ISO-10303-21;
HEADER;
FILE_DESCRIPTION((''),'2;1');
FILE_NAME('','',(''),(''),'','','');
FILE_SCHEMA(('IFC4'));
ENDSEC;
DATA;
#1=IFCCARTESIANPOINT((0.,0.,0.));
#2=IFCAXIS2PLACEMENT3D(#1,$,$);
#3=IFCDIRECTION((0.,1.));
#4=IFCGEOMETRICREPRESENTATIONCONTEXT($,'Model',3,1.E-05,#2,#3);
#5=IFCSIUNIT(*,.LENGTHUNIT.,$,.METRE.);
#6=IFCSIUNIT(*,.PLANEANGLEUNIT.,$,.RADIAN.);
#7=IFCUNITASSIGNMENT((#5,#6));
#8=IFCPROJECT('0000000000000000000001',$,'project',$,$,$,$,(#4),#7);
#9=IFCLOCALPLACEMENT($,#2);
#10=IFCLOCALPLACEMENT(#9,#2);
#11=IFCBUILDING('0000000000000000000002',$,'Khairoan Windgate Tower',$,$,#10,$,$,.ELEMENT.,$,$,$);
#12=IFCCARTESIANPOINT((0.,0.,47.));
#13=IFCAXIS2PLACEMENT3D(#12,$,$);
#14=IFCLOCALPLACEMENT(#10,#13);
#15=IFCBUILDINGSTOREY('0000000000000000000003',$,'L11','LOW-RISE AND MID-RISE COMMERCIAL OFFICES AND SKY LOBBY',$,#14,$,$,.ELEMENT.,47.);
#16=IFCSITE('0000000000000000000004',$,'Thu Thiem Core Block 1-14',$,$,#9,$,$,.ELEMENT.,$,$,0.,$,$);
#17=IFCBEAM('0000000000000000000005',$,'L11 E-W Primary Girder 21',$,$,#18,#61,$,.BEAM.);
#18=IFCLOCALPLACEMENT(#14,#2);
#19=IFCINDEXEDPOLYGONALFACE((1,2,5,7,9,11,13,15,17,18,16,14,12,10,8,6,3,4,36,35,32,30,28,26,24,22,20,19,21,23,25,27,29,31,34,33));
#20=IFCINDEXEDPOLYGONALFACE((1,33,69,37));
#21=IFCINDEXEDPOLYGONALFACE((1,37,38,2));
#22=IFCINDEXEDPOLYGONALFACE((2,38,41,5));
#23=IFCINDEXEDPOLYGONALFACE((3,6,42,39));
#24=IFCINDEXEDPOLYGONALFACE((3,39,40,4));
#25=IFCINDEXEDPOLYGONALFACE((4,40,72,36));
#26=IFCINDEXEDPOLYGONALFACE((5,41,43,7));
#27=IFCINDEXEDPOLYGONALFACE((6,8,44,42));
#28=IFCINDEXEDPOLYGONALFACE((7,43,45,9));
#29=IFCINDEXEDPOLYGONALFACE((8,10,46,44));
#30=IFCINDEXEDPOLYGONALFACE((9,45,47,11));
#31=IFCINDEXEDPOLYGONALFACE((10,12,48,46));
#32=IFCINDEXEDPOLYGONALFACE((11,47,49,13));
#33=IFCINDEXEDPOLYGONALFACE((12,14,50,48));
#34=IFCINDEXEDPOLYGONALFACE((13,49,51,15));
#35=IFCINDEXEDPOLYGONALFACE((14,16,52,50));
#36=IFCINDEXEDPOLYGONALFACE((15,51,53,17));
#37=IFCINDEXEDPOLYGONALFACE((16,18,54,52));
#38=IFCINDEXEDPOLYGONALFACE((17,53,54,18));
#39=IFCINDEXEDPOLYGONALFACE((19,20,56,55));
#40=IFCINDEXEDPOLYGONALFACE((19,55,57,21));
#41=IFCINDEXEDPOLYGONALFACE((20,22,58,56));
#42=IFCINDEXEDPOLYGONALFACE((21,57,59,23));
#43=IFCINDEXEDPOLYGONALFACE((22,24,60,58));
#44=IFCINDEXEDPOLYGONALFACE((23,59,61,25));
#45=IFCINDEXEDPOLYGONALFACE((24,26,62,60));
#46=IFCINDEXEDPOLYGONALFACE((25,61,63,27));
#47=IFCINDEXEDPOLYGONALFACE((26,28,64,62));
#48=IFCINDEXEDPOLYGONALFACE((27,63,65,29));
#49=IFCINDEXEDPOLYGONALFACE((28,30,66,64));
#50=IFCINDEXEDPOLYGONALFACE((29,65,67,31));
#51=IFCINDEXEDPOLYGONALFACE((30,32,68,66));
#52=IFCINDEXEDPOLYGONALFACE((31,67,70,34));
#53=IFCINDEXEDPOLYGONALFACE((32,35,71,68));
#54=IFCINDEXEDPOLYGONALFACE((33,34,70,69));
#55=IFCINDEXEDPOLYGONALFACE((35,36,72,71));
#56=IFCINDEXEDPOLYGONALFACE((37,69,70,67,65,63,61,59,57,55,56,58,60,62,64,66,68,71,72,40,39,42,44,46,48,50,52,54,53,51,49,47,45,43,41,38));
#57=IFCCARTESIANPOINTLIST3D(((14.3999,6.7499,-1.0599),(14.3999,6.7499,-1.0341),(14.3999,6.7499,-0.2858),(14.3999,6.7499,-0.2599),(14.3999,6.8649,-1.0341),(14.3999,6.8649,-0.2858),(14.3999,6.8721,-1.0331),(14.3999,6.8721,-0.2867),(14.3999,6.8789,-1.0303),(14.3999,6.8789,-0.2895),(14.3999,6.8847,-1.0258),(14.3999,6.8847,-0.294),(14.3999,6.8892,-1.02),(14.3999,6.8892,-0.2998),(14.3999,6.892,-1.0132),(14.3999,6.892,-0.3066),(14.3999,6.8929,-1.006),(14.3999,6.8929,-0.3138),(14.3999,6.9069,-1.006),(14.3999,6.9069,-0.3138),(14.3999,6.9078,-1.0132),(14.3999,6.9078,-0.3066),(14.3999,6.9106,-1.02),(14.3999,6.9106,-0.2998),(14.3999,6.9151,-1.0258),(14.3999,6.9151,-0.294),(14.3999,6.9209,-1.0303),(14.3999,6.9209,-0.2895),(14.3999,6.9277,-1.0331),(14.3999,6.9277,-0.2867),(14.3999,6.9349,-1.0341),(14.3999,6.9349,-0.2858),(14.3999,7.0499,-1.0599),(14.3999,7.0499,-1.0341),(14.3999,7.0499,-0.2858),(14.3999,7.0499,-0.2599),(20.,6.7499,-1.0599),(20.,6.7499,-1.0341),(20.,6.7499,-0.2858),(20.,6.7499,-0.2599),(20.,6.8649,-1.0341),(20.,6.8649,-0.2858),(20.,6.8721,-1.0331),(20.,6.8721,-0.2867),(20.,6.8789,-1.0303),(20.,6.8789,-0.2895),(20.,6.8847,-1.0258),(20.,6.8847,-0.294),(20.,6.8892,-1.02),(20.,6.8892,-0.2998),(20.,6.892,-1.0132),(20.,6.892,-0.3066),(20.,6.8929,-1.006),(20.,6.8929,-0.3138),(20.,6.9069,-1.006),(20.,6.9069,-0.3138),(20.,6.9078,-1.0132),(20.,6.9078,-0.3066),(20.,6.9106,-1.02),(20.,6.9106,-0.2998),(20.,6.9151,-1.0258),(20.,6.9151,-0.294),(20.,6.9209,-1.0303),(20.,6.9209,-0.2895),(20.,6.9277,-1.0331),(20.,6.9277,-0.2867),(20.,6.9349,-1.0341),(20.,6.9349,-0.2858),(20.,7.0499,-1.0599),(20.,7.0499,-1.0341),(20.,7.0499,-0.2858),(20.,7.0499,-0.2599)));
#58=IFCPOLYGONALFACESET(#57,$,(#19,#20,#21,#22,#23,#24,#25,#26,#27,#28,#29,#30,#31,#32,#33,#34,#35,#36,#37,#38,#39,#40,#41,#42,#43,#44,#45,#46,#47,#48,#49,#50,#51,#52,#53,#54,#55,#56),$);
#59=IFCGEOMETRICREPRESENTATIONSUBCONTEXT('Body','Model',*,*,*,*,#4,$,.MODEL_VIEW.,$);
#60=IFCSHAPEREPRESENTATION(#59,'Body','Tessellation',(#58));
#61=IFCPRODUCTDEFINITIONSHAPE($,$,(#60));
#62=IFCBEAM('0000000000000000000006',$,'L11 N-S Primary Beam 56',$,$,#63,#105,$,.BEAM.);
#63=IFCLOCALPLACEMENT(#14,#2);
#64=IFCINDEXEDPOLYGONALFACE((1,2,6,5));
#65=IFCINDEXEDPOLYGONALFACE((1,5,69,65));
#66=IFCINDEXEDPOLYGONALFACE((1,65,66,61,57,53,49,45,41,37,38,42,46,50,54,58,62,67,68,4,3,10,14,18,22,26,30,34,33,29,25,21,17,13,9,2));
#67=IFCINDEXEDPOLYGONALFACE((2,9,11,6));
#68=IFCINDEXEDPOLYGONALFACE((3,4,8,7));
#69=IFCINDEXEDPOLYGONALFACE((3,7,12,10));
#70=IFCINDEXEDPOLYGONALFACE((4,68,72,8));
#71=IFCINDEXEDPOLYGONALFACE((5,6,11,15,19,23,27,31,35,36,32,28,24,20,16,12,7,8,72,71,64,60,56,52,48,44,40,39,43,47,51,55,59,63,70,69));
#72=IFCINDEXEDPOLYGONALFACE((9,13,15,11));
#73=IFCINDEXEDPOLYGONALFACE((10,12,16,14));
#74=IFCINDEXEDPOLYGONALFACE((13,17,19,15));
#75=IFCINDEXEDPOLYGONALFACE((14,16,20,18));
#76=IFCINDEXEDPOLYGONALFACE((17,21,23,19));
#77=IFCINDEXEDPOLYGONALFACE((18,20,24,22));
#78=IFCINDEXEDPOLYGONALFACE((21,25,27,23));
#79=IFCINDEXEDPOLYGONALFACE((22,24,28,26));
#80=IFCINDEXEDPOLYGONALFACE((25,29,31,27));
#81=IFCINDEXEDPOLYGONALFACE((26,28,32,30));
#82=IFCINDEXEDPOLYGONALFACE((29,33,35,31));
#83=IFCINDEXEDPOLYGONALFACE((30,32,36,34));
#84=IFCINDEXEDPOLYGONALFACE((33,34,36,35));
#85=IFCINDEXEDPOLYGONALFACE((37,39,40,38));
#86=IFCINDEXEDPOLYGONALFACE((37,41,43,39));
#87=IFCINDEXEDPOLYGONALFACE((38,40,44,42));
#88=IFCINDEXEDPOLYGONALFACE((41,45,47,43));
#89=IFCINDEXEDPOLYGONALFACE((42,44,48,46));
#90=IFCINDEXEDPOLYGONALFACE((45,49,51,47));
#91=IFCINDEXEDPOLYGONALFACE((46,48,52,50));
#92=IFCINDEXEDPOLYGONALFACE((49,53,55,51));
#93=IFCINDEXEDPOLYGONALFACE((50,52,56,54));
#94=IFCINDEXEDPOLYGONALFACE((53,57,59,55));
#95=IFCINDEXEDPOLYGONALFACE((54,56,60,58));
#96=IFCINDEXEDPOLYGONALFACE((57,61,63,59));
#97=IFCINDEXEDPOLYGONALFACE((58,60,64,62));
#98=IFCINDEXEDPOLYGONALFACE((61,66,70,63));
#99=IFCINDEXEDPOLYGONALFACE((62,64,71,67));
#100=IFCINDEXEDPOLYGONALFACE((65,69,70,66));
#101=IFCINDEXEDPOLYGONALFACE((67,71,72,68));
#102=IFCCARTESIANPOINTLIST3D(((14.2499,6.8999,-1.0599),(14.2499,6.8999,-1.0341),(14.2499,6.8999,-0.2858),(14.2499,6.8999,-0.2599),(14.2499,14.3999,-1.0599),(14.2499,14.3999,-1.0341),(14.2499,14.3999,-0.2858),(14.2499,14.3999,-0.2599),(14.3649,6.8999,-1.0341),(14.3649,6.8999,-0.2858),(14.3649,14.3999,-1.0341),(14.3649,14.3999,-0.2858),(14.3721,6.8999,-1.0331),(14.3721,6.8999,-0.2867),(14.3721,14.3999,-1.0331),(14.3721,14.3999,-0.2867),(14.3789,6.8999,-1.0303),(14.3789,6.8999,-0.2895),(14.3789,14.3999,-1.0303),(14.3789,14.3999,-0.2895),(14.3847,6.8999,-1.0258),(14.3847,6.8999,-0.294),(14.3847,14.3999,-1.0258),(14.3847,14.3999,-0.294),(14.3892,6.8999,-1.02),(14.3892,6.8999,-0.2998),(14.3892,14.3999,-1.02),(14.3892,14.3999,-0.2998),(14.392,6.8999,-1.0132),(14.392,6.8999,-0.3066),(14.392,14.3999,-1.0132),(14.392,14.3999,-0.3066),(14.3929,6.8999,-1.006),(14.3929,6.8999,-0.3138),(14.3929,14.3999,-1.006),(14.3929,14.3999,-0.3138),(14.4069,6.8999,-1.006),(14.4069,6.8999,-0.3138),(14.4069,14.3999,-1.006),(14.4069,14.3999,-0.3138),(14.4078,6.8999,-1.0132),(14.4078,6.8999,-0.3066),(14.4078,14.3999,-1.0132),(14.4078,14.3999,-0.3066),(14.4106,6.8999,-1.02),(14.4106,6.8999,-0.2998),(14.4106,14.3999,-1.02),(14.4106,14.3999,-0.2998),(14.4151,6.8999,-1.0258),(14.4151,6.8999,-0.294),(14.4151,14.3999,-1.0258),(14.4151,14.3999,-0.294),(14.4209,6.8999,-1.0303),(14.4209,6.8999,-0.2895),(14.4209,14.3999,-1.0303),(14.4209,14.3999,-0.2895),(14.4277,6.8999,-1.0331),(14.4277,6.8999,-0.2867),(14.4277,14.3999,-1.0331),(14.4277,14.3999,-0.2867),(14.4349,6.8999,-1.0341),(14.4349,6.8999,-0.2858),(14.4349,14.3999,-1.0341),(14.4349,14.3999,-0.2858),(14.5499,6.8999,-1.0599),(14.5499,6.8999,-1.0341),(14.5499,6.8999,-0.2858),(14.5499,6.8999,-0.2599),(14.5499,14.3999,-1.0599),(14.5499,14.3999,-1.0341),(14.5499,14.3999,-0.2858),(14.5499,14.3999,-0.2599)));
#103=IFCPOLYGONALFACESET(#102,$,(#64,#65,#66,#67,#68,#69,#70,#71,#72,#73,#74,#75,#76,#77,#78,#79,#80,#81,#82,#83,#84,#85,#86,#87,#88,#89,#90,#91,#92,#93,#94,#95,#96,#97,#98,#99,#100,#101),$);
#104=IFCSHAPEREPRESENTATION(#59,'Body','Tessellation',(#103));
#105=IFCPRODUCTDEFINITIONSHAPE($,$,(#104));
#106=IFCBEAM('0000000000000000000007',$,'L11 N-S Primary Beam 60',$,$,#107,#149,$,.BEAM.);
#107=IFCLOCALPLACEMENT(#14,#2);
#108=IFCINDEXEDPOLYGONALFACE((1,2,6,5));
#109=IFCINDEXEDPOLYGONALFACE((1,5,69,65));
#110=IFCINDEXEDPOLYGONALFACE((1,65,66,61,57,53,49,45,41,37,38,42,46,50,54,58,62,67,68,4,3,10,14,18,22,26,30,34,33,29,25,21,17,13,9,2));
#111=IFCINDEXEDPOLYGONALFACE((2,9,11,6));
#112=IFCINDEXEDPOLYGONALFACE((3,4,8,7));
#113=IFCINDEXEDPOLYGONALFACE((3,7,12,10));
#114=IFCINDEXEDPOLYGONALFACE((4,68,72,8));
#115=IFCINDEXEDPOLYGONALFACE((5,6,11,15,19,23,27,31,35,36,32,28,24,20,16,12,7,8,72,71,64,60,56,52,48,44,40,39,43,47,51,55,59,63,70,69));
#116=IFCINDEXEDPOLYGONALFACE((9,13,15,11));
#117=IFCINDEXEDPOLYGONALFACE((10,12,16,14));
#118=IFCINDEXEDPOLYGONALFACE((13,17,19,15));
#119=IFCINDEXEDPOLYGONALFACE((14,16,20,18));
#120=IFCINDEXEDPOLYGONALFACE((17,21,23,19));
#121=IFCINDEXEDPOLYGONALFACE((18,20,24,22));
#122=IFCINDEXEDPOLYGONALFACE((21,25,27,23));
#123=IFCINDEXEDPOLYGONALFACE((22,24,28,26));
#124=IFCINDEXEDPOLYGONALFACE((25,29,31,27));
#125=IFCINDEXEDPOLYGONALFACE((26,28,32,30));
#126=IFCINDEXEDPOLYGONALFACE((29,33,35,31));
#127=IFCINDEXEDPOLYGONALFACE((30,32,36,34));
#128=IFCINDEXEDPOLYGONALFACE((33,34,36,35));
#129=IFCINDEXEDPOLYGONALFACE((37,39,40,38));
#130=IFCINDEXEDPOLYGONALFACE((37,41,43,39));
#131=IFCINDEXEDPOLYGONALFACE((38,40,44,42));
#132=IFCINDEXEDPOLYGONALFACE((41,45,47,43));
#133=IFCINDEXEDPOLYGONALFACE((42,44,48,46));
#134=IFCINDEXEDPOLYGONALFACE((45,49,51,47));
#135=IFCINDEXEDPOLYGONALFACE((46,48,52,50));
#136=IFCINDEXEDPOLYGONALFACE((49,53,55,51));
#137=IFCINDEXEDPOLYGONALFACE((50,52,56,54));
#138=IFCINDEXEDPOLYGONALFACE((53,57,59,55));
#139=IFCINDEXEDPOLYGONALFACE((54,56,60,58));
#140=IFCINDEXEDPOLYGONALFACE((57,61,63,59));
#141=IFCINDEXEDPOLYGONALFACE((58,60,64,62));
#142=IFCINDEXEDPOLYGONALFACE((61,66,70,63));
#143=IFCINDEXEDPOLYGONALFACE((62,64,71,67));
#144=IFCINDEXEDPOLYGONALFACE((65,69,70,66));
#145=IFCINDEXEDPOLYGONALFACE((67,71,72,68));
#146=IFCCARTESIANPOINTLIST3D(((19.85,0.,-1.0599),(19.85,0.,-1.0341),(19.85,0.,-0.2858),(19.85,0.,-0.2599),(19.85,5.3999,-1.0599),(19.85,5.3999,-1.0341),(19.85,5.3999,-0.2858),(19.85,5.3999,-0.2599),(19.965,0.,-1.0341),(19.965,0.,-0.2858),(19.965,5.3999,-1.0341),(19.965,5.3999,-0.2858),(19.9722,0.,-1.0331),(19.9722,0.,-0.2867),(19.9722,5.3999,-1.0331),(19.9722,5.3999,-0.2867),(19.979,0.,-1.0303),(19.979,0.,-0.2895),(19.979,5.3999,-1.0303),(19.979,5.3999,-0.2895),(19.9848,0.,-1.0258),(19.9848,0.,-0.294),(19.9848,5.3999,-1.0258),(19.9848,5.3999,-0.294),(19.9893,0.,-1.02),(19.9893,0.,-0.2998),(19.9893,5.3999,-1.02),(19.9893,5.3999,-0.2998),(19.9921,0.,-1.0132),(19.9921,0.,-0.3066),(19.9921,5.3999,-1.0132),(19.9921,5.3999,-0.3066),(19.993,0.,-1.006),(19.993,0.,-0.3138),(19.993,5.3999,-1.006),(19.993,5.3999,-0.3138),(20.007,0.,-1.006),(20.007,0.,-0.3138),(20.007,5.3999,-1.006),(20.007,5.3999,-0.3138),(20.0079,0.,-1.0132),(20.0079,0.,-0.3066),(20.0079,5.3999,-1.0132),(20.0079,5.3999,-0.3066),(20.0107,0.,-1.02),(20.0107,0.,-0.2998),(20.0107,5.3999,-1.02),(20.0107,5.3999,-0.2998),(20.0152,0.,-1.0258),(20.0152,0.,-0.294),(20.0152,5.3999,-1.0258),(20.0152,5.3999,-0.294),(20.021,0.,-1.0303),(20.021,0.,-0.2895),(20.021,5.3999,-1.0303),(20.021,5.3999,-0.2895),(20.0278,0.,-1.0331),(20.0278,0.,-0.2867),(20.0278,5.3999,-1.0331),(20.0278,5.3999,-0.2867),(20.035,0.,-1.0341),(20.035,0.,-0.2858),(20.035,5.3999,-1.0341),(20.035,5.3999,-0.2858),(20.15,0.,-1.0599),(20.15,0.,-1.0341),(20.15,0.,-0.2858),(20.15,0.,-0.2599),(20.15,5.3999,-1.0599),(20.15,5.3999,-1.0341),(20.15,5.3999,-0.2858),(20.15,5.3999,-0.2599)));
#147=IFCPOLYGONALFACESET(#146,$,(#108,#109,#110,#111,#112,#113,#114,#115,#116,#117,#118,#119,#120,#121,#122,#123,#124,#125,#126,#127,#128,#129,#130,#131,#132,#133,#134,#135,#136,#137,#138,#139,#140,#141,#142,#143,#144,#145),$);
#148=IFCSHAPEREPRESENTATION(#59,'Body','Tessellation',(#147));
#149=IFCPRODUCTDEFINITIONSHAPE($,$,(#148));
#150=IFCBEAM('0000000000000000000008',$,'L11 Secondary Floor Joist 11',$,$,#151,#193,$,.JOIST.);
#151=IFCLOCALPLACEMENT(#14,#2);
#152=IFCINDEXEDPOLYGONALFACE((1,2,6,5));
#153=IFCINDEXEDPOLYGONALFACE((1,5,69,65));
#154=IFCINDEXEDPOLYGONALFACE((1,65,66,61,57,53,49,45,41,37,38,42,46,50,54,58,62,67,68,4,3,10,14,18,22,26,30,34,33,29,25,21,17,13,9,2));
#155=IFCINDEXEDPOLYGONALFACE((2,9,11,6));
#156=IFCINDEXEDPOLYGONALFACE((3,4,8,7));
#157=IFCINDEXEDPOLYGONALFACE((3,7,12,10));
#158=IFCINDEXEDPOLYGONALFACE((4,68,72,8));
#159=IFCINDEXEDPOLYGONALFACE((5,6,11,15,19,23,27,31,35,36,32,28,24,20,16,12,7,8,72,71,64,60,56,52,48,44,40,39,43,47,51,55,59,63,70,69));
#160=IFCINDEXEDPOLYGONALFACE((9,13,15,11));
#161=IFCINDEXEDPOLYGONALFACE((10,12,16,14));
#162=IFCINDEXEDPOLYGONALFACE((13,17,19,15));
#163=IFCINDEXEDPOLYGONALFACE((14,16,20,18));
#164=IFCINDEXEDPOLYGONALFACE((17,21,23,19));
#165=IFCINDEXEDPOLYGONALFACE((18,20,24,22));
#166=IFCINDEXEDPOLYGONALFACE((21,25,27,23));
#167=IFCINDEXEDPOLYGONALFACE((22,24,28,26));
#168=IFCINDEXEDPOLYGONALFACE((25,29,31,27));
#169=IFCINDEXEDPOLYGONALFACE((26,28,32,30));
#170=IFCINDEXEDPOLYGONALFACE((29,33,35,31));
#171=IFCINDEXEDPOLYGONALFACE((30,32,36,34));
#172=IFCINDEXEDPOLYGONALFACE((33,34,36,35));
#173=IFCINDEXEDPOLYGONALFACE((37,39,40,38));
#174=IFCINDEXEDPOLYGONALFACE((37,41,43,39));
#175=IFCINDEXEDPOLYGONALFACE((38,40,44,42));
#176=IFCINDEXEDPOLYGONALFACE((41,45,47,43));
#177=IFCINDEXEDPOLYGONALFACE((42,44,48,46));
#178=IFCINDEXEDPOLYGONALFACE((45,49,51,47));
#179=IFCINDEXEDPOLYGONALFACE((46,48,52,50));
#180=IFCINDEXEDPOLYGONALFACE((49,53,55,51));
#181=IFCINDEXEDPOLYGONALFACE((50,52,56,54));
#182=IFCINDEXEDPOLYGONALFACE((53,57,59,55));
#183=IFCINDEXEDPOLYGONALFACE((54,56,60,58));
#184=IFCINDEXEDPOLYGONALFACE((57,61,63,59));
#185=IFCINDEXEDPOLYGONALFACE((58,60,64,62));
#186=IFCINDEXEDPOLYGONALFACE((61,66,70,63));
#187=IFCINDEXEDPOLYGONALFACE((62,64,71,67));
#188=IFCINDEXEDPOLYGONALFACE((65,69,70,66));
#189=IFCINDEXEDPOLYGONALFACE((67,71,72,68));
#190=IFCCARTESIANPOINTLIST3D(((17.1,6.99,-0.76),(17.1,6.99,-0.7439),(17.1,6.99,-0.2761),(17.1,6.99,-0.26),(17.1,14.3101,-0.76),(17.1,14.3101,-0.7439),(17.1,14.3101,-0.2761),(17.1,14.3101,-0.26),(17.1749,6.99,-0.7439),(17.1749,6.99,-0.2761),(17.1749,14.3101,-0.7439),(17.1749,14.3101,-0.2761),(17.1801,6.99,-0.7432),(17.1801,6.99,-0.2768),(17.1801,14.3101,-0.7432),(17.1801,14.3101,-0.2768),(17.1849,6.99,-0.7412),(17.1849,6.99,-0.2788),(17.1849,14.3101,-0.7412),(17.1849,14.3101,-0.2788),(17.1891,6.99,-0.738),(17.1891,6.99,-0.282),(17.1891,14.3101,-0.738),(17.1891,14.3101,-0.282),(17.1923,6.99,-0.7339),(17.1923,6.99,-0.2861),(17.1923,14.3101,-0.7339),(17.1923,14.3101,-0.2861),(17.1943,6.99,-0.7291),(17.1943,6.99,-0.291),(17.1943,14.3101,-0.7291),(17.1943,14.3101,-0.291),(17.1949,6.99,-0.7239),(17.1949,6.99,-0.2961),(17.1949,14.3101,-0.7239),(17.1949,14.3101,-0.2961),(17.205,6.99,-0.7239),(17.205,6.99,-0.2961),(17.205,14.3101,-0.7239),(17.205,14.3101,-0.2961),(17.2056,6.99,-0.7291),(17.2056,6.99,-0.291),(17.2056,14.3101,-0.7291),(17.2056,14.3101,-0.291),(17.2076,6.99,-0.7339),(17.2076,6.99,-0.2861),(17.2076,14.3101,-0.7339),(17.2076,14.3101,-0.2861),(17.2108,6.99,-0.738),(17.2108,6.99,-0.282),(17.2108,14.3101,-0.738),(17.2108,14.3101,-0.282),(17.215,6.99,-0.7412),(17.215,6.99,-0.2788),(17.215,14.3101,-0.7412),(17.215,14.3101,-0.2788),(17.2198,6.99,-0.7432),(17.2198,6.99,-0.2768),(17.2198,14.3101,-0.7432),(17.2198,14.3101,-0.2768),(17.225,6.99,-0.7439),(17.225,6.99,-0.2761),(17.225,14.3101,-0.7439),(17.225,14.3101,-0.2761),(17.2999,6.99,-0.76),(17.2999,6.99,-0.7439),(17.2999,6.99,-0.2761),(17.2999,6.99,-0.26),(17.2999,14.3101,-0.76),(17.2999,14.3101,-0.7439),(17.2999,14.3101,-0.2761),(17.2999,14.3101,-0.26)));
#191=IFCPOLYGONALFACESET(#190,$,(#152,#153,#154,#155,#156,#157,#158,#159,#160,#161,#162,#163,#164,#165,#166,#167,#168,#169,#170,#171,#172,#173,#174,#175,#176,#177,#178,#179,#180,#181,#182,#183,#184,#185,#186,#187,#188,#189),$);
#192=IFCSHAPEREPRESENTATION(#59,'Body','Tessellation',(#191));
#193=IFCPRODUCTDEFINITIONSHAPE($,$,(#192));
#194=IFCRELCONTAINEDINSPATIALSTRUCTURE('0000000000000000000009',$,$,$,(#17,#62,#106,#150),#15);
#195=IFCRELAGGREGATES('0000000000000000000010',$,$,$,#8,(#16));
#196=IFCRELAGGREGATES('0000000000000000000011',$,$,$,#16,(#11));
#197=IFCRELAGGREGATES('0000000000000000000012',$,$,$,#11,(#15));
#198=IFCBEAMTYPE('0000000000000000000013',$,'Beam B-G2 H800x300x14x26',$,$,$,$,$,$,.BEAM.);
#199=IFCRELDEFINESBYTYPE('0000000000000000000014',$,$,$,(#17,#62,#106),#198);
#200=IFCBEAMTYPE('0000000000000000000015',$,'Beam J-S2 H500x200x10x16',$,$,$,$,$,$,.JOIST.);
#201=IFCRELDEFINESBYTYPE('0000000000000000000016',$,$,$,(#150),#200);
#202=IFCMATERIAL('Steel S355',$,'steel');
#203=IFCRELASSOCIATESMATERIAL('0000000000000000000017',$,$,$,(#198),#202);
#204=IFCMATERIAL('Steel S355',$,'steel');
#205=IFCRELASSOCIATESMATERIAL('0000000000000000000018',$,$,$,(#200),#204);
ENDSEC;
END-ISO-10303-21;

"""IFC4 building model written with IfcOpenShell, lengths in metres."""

from ifc_helpers import new_model, si_unit, direction, frame, origin, origin_2d, place, context, subcontext, project, spatial, i_section, extrude, material, material_profile, profile_set, type_object, element, save


model = new_model("IFC4")

# Units and contexts
model_context = context("Model", 3, precision=1e-05, world=origin(), true_north=direction((0.0, 1.0)))
body_context = subcontext(model_context, "Body", "Model", "MODEL_VIEW")
ifc_project = project(units=[si_unit("LENGTHUNIT", "METRE"), si_unit("PLANEANGLEUNIT", "RADIAN")], contexts=[model_context])

# Site, building, storey
site_placement = place(None, origin())
site = spatial("IfcSite", under=ifc_project, at=site_placement, Name="Thu Thiem Core Block 1-14", CompositionType="ELEMENT", RefElevation=0.0)
building_placement = place(site_placement, origin())
building = spatial("IfcBuilding", under=site, at=building_placement, Name="Khairoan Windgate Tower", CompositionType="ELEMENT")
storey_placement = place(building_placement, frame((0.0, 0.0, 47.0)))
storey = spatial("IfcBuildingStorey", under=building, at=storey_placement, Name="L11", Description="LOW-RISE AND MID-RISE COMMERCIAL OFFICES AND SKY LOBBY", CompositionType="ELEMENT", Elevation=47.0)

# Beams
ifc_material_1 = material(Name="Steel S355", Category="steel")
ifc_material_profile_1 = material_profile(ifc_material_1, i_section(OverallWidth=0.3, OverallDepth=0.8, WebThickness=0.0139, FlangeThickness=0.0259, FilletRadius=0.0281, at=origin_2d()))
ifc_profile_set_1 = profile_set([ifc_material_profile_1], Name="Steel S355")
beam_type_1 = type_object("IfcBeamType", Name="Beam B-G2 H800x300x14x26", PredefinedType="BEAM", material=ifc_profile_set_1)
beam_1_placement = place(storey_placement, frame((14.3999, 6.8999, -0.6599), z_axis=(1.0, 0.0, 0.0), x_axis=(0.0, 1.0, 0.0)))
element("IfcBeam", 1, at=beam_1_placement, inside=storey, type_object=beam_type_1, Name="L11 E-W Primary Girder 21", PredefinedType="BEAM", context=body_context, shape_type="SweptSolid", body=[
    extrude(i_section(OverallWidth=0.3, OverallDepth=0.8, WebThickness=0.0139, FlangeThickness=0.0259, FilletRadius=0.0281, at=origin_2d()), origin(), (0.0, 0.0, 1.0), 5.6001),
])
beam_2_placement = place(storey_placement, frame((14.3999, 6.8999, -0.6599), z_axis=(0.0, 1.0, 0.0), x_axis=(-1.0, 0.0, 0.0)))
element("IfcBeam", 2, at=beam_2_placement, inside=storey, type_object=beam_type_1, Name="L11 N-S Primary Beam 56", PredefinedType="BEAM", context=body_context, shape_type="SweptSolid", body=[
    extrude(i_section(OverallWidth=0.3, OverallDepth=0.8, WebThickness=0.0139, FlangeThickness=0.0259, FilletRadius=0.0281, at=origin_2d()), origin(), (0.0, 0.0, 1.0), 7.5),
])
beam_3_placement = place(storey_placement, frame((20.0, 0.0, -0.6599), z_axis=(0.0, 1.0, 0.0), x_axis=(-1.0, 0.0, 0.0)))
element("IfcBeam", 3, at=beam_3_placement, inside=storey, type_object=beam_type_1, Name="L11 N-S Primary Beam 60", PredefinedType="BEAM", context=body_context, shape_type="SweptSolid", body=[
    extrude(i_section(OverallWidth=0.3, OverallDepth=0.8, WebThickness=0.0139, FlangeThickness=0.0259, FilletRadius=0.0281, at=origin_2d()), origin(), (0.0, 0.0, 1.0), 5.3999),
])
ifc_material_2 = material(Name="Steel S355", Category="steel")
ifc_material_profile_2 = material_profile(ifc_material_2, i_section(OverallWidth=0.2, OverallDepth=0.5, WebThickness=0.01, FlangeThickness=0.0161, FilletRadius=0.02, at=origin_2d()))
ifc_profile_set_2 = profile_set([ifc_material_profile_2], Name="Steel S355")
beam_type_2 = type_object("IfcBeamType", Name="Beam J-S2 H500x200x10x16", PredefinedType="JOIST", material=ifc_profile_set_2)
beam_4_placement = place(storey_placement, frame((17.2, 6.99, -0.51), z_axis=(0.0, 1.0, 0.0), x_axis=(-1.0, 0.0, 0.0)))
element("IfcBeam", 4, at=beam_4_placement, inside=storey, type_object=beam_type_2, Name="L11 Secondary Floor Joist 11", PredefinedType="JOIST", context=body_context, shape_type="SweptSolid", body=[
    extrude(i_section(OverallWidth=0.2, OverallDepth=0.5, WebThickness=0.01, FlangeThickness=0.0161, FilletRadius=0.02, at=origin_2d()), origin(), (0.0, 0.0, 1.0), 7.3201),
])

save(model, "model.ifc")
